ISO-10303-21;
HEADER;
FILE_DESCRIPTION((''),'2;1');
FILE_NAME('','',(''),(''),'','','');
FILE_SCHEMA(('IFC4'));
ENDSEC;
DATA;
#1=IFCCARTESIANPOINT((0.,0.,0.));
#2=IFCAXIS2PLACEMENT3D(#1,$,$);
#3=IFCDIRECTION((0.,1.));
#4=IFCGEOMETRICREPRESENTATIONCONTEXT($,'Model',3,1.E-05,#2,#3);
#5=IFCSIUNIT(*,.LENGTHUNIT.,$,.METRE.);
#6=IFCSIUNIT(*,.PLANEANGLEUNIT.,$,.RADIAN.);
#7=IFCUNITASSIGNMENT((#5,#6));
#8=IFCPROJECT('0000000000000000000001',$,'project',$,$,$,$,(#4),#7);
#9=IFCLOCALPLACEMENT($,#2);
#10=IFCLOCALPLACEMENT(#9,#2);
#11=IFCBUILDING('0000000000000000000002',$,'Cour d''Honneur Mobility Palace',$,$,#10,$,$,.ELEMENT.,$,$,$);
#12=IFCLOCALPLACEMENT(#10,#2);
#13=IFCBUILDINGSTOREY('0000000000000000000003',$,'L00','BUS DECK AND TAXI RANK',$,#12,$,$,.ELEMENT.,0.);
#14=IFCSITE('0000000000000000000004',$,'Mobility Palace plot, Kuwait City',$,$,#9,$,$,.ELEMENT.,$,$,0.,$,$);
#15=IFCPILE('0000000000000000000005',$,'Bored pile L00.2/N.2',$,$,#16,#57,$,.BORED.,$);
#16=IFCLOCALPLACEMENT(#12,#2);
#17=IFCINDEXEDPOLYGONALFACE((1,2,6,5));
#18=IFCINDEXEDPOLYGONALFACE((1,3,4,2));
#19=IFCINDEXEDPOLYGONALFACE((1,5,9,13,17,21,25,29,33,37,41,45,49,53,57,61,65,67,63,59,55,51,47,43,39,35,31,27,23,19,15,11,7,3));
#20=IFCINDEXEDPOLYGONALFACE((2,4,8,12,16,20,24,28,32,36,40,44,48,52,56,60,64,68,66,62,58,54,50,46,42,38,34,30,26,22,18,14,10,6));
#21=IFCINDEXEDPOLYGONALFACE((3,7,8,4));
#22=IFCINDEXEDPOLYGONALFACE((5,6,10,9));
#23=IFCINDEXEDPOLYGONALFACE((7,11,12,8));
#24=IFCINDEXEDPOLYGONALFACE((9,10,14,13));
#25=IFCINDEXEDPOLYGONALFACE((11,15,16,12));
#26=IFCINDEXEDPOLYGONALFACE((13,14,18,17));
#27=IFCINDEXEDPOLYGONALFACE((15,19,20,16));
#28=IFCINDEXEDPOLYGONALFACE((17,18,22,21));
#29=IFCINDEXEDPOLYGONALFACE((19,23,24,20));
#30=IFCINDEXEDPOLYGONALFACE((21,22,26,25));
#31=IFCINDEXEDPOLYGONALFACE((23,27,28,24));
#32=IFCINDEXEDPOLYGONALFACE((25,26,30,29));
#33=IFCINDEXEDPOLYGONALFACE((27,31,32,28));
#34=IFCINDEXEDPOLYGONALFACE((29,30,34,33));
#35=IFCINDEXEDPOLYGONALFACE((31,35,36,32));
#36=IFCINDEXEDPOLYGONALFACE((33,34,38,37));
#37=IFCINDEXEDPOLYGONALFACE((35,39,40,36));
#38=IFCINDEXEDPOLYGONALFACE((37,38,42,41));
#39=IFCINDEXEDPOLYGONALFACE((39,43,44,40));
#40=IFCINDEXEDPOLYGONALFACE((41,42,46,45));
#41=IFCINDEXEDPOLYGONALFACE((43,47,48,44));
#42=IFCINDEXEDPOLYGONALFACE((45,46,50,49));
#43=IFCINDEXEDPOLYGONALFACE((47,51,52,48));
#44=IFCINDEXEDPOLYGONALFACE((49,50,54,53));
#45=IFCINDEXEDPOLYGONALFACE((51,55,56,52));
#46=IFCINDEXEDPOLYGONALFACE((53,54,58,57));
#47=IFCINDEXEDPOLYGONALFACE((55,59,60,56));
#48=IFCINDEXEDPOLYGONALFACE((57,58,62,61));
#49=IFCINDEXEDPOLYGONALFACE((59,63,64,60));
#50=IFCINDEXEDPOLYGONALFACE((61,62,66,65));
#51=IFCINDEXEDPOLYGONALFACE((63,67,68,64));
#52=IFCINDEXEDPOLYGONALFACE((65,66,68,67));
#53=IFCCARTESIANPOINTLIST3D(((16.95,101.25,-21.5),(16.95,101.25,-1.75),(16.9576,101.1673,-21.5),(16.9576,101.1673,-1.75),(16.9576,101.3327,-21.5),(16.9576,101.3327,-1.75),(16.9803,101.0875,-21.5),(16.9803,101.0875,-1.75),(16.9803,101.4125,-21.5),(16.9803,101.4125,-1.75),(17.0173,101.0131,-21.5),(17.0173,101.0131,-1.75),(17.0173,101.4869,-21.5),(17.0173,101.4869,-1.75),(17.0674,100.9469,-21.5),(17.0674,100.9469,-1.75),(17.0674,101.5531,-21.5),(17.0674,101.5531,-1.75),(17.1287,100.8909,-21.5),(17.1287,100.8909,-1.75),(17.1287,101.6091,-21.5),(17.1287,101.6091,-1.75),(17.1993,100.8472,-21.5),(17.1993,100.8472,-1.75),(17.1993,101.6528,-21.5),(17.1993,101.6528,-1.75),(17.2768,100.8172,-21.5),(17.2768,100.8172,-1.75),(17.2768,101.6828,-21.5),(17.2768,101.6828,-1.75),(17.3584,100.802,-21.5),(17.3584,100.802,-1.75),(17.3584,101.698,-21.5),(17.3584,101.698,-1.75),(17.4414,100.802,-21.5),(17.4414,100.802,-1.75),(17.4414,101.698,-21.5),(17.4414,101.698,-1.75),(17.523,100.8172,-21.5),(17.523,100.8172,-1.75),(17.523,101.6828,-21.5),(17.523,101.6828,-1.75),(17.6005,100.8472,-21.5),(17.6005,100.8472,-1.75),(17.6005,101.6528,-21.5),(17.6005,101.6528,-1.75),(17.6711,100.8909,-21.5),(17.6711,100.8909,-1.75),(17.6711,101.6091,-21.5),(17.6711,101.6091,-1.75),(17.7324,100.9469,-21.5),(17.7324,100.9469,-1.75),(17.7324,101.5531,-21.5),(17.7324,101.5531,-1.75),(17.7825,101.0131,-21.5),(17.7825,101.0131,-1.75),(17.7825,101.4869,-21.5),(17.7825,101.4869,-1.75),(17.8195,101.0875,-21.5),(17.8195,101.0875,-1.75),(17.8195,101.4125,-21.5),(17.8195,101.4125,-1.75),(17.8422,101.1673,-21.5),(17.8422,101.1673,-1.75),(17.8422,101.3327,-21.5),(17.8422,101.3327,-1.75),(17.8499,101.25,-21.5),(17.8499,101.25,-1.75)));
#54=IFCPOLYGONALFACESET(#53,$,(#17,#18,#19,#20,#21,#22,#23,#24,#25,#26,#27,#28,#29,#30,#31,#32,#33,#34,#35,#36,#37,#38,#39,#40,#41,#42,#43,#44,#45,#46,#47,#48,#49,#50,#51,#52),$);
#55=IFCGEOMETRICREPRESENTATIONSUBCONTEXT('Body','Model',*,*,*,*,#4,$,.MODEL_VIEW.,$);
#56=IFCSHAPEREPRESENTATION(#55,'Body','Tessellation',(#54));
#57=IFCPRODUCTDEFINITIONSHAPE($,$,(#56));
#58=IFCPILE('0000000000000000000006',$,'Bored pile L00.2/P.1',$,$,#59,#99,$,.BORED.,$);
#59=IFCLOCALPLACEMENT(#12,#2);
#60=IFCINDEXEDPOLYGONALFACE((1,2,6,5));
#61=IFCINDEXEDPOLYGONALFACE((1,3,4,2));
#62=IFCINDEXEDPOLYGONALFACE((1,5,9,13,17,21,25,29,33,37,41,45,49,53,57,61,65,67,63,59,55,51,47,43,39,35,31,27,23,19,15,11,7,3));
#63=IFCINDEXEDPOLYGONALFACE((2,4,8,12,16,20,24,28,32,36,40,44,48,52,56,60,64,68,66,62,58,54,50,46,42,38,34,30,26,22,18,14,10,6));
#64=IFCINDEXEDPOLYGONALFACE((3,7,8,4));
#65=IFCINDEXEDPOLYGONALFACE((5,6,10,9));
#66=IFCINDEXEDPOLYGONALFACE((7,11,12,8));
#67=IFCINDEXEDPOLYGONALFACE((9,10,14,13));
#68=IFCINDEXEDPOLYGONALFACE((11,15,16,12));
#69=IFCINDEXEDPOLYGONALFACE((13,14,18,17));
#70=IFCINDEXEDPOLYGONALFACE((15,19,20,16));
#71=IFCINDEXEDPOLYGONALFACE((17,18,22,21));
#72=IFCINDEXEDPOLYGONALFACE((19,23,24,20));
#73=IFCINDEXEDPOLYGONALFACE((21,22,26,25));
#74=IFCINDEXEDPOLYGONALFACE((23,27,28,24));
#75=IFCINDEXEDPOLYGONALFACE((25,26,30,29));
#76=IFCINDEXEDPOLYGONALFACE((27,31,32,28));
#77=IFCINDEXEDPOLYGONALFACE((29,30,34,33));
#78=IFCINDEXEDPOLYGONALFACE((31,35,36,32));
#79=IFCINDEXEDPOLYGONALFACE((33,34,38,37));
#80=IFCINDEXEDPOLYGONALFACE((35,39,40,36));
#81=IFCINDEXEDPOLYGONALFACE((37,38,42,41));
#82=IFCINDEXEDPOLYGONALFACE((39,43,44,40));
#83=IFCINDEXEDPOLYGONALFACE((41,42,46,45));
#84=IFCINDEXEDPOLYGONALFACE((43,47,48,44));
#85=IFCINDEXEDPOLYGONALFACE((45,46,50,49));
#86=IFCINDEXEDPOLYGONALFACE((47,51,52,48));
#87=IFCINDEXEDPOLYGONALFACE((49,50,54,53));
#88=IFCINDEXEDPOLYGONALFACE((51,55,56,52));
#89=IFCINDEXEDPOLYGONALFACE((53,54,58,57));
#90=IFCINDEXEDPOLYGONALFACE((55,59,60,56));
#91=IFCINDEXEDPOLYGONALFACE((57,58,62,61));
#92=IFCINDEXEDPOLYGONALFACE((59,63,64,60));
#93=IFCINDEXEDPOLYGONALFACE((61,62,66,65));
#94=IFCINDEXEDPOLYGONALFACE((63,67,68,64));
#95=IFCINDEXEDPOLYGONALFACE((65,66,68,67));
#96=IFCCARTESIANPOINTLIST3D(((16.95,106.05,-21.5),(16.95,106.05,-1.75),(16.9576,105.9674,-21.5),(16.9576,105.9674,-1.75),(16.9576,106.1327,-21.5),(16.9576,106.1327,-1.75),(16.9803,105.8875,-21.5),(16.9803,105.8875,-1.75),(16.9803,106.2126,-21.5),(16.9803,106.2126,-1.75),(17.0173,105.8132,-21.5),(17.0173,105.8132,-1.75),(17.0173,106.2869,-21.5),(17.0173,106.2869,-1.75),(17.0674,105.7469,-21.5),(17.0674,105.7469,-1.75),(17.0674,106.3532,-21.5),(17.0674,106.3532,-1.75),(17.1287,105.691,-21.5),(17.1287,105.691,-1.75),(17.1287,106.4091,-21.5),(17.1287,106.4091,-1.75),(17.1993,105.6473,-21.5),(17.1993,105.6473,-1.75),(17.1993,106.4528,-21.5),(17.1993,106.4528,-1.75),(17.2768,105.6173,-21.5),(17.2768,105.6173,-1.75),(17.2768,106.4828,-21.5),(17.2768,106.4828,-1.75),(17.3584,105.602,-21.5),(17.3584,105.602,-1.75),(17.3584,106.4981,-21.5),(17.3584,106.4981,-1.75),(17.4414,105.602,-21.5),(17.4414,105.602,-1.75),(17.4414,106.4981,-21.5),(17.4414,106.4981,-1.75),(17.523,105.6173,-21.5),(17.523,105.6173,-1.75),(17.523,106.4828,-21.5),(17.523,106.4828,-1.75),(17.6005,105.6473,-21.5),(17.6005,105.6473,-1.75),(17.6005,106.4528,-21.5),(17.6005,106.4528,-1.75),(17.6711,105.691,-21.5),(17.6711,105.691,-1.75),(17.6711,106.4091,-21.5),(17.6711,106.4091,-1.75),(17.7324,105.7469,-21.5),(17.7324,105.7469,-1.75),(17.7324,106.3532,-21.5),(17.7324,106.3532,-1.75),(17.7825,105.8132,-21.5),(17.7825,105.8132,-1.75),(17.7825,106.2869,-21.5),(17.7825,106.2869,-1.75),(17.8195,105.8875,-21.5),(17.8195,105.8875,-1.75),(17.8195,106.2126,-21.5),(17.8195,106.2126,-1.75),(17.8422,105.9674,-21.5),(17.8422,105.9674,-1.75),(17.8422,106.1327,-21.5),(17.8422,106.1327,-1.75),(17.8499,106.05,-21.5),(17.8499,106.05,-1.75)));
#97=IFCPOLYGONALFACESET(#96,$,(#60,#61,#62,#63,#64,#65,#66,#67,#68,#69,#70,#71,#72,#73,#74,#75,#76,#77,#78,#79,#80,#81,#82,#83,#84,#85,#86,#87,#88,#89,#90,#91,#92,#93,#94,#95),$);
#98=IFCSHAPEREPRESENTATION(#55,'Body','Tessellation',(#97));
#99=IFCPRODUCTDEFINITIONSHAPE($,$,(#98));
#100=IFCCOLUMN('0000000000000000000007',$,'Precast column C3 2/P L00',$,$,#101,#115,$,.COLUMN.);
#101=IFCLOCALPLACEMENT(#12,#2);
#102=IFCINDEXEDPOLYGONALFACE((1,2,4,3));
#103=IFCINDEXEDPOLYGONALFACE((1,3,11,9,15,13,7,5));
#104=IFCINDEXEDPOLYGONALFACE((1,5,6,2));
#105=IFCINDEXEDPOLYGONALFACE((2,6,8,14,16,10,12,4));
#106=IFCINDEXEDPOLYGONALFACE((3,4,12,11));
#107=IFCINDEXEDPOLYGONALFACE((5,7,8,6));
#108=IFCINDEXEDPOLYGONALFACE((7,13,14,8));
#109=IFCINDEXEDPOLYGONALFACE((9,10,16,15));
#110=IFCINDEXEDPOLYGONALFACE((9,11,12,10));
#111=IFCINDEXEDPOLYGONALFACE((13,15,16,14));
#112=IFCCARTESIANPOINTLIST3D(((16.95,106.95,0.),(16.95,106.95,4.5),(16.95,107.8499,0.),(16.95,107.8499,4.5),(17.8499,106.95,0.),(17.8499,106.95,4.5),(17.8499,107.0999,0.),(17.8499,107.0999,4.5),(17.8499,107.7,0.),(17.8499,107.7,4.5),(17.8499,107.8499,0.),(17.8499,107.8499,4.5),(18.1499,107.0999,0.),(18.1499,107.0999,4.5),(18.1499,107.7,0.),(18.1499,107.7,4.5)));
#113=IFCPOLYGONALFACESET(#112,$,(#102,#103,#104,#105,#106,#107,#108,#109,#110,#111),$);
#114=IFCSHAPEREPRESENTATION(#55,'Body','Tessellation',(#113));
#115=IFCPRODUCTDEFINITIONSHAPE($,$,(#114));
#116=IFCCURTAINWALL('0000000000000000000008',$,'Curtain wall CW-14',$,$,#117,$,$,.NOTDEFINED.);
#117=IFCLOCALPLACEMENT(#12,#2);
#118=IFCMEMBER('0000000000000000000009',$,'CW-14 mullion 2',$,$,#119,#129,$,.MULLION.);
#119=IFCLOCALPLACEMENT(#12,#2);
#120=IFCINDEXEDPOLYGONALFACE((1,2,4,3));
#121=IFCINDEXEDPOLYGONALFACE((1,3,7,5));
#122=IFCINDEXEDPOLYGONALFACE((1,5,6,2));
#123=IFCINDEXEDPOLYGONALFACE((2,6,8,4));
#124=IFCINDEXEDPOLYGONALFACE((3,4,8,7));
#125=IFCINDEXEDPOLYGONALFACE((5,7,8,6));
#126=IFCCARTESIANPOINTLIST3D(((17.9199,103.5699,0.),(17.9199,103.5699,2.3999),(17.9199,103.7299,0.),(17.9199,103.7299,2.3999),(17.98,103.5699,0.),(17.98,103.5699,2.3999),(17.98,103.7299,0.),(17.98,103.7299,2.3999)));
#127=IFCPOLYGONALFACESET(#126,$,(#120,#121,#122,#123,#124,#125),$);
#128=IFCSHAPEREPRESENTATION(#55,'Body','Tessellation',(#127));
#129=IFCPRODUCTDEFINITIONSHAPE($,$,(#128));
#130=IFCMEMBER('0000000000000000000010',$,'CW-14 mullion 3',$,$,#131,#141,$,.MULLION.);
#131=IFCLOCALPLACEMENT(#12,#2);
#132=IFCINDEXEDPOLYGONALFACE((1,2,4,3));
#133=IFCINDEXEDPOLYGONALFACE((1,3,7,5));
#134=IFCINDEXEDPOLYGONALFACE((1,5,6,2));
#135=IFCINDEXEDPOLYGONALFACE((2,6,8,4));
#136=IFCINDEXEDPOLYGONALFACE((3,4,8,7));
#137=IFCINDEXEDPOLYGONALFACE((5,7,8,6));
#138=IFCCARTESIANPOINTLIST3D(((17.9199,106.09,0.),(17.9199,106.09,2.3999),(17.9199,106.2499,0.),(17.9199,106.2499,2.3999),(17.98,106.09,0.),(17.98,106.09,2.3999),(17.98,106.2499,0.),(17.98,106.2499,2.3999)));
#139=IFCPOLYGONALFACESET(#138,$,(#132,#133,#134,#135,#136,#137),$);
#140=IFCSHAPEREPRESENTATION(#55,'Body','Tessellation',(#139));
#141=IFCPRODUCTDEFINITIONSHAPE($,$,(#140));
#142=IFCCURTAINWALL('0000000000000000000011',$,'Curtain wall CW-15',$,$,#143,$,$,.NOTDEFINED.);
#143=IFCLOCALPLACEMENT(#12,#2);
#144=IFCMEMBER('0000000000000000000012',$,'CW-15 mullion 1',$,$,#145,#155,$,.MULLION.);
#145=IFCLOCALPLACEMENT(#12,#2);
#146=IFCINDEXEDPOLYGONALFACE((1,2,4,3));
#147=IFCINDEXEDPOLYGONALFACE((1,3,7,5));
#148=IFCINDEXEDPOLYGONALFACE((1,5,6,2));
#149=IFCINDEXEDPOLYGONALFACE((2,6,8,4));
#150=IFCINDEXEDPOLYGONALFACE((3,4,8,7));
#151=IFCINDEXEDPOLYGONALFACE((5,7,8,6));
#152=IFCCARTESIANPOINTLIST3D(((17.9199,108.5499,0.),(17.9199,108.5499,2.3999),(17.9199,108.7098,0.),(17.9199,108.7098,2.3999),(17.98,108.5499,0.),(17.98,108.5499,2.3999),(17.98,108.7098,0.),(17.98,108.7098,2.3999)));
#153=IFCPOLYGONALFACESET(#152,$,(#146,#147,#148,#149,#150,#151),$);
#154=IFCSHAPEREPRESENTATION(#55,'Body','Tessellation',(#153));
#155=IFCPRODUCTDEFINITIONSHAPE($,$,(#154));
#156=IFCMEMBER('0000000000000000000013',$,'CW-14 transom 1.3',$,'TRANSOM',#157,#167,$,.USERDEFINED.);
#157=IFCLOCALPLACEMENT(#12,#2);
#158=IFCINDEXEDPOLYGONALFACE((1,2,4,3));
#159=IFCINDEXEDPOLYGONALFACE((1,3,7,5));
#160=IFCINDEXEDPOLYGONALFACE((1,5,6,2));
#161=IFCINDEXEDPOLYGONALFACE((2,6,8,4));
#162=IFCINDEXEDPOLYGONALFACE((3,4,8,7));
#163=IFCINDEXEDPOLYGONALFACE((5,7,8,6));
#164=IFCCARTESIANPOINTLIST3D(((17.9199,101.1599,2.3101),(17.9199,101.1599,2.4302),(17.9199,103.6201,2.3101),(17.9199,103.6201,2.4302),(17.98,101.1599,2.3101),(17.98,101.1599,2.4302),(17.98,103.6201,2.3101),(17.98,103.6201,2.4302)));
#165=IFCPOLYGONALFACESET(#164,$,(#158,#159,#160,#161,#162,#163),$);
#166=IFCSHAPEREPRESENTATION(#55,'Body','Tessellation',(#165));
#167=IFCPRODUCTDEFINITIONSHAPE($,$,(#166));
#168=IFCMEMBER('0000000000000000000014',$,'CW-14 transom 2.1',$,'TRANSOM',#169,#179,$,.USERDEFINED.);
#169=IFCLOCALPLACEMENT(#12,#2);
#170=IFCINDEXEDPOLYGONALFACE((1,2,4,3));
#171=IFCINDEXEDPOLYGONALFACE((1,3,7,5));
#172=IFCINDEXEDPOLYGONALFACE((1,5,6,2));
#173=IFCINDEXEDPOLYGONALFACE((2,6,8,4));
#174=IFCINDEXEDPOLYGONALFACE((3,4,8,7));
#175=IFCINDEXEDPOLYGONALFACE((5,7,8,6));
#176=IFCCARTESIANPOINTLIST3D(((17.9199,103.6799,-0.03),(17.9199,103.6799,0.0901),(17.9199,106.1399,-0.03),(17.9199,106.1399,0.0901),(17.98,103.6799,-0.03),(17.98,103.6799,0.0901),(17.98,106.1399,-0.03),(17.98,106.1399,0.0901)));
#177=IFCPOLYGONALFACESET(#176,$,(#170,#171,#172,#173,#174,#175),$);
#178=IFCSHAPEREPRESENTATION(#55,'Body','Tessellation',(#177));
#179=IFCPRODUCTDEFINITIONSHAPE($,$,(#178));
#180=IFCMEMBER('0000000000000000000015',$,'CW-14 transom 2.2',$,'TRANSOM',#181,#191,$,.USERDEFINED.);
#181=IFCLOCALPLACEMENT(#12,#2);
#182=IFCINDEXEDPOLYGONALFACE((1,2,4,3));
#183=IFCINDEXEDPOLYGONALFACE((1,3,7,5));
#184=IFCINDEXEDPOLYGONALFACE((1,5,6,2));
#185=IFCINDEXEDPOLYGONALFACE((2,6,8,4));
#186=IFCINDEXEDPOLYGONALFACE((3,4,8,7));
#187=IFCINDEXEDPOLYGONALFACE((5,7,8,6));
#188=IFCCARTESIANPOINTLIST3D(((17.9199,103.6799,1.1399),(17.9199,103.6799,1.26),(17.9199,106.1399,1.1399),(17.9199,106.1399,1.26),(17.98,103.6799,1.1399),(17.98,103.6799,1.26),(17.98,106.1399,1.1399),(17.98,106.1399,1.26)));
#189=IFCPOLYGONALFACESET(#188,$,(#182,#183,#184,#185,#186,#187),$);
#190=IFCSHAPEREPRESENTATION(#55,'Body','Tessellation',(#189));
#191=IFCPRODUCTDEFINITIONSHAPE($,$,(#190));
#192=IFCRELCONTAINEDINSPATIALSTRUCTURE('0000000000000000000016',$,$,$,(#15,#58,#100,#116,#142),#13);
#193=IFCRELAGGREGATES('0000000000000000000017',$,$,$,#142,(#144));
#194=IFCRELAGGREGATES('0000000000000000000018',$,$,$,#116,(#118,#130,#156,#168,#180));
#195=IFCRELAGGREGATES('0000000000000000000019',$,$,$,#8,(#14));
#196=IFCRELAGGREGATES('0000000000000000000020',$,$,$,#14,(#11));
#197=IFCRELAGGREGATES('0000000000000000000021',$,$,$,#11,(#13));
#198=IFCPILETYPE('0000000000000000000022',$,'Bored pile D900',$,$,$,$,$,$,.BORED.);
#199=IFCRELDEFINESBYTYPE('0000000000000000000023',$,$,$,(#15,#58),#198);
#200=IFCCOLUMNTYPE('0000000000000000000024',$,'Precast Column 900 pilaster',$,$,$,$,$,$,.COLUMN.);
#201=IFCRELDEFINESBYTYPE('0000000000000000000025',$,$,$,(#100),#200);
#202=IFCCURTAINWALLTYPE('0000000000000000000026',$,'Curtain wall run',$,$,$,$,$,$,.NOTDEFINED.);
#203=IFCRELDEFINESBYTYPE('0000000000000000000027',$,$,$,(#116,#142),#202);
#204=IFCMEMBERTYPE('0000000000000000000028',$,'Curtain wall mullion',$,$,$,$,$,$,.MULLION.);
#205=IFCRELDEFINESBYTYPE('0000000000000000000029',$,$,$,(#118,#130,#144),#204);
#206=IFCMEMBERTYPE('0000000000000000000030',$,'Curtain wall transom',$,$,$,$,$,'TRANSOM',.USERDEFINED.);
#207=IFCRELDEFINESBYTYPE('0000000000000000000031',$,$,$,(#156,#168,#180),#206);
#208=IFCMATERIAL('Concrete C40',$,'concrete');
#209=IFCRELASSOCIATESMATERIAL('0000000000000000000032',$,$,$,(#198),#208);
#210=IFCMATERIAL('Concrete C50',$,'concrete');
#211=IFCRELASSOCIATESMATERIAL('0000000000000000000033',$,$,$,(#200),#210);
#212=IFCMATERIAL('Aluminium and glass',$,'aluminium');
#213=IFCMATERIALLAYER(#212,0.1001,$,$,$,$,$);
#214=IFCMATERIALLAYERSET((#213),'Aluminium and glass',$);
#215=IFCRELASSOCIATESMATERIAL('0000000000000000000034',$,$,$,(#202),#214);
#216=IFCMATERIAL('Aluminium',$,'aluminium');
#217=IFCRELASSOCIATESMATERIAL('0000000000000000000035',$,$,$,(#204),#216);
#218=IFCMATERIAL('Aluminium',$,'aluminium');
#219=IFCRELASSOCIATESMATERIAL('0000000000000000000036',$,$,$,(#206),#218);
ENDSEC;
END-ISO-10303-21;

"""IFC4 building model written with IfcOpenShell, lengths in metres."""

from ifc_helpers import new_model, si_unit, direction, frame, origin, origin_2d, place, context, subcontext, project, spatial, polyline, rectangle, circle, outline, extrude, material, layer, layer_set, material_profile, profile_set, type_object, element, aggregate, save


model = new_model("IFC4")

# Units and contexts
model_context = context("Model", 3, precision=1e-05, world=origin(), true_north=direction((0.0, 1.0)))
body_context = subcontext(model_context, "Body", "Model", "MODEL_VIEW")
ifc_project = project(units=[si_unit("LENGTHUNIT", "METRE"), si_unit("PLANEANGLEUNIT", "RADIAN")], contexts=[model_context])

# Site, building, storey
site_placement = place(None, origin())
site = spatial("IfcSite", under=ifc_project, at=site_placement, Name="Mobility Palace plot, Kuwait City", CompositionType="ELEMENT", RefElevation=0.0)
building_placement = place(site_placement, origin())
building = spatial("IfcBuilding", under=site, at=building_placement, Name="Cour d'Honneur Mobility Palace", CompositionType="ELEMENT")
storey_placement = place(building_placement, origin())
storey = spatial("IfcBuildingStorey", under=building, at=storey_placement, Name="L00", Description="BUS DECK AND TAXI RANK", CompositionType="ELEMENT", Elevation=0.0)

# Piles
ifc_material_1 = material(Name="Concrete C40", Category="concrete")
ifc_material_profile_1 = material_profile(ifc_material_1, circle(Radius=0.45, at=origin_2d()), Name="Bored pile D900")
ifc_profile_set_1 = profile_set([ifc_material_profile_1], Name="Concrete C40")
pile_type = type_object("IfcPileType", Name="Bored pile D900", PredefinedType="BORED", material=ifc_profile_set_1)
for number, where, z_axis, x_axis, name in (
    (1, (17.3999, 101.25, -1.75), (0.0, 0.0, -1.0), (1.0, 0.0, 0.0), "Bored pile L00.2/N.2"),
    (2, (17.3999, 106.05, -1.75), (0.0, 0.0, -1.0), (1.0, 0.0, 0.0), "Bored pile L00.2/P.1"),
):
    element("IfcPile", number, at=place(storey_placement, frame(where, z_axis=z_axis, x_axis=x_axis)), inside=storey, type_object=pile_type, Name=name, PredefinedType="BORED", context=body_context, shape_type="SweptSolid", body=[
        extrude(circle(Radius=0.45, at=origin_2d()), origin(), (0.0, 0.0, 1.0), 19.75),
    ])

# Column
ifc_material_2 = material(Name="Concrete C50", Category="concrete")
ifc_material_profile_2 = material_profile(ifc_material_2, outline(polyline([(-0.45, -0.45), (0.45, -0.45), (0.45, -0.3), (0.75, -0.3), (0.75, 0.3), (0.45, 0.3), (0.45, 0.45), (-0.45, 0.45), (-0.45, -0.45)])), Name="PC C900 pilaster")
ifc_profile_set_2 = profile_set([ifc_material_profile_2], Name="Concrete C50")
column_type = type_object("IfcColumnType", Name="Precast Column 900 pilaster", PredefinedType="COLUMN", material=ifc_profile_set_2)
column_placement = place(storey_placement, frame((17.3999, 107.3999, 0.0), z_axis=(0.0, 0.0, 1.0), x_axis=(1.0, 0.0, 0.0)))
element("IfcColumn", 3, at=column_placement, inside=storey, type_object=column_type, Name="Precast column C3 2/P L00", PredefinedType="COLUMN", context=body_context, shape_type="SweptSolid", body=[
    extrude(outline(polyline([(-0.45, -0.45), (0.45, -0.45), (0.45, -0.3), (0.75, -0.3), (0.75, 0.3), (0.45, 0.3), (0.45, 0.45), (-0.45, 0.45), (-0.45, -0.45)])), origin(), (0.0, 0.0, 1.0), 4.5),
])

# Curtain wall, members
ifc_material_3 = material(Name="Aluminium and glass", Category="aluminium")
ifc_layer_1 = layer(ifc_material_3, 0.1001)
ifc_layer_set_1 = layer_set([ifc_layer_1], Name="Aluminium and glass")
curtain_wall_type = type_object("IfcCurtainWallType", Name="Curtain wall run", PredefinedType="NOTDEFINED", material=ifc_layer_set_1)
curtain_wall_1_placement = place(storey_placement, origin())
curtain_wall_1 = element("IfcCurtainWall", 4, at=curtain_wall_1_placement, inside=storey, type_object=curtain_wall_type, Name="Curtain wall CW-14", PredefinedType="NOTDEFINED")
ifc_material_4 = material(Name="Aluminium", Category="aluminium")
ifc_material_profile_3 = material_profile(ifc_material_4, rectangle(XDim=0.0601, YDim=0.1599, at=origin_2d()), Name="Curtain wall mullion")
ifc_profile_set_3 = profile_set([ifc_material_profile_3], Name="Aluminium")
member_type_1 = type_object("IfcMemberType", Name="Curtain wall mullion", PredefinedType="MULLION", material=ifc_profile_set_3)
member_1_placement = place(storey_placement, frame((17.95, 103.6499, 0.0), z_axis=(0.0, 0.0, 1.0), x_axis=(-1.0, 0.0, 0.0)))
member_1 = element("IfcMember", 5, at=member_1_placement, type_object=member_type_1, Name="CW-14 mullion 2", PredefinedType="MULLION", context=body_context, shape_type="SweptSolid", body=[
    extrude(rectangle(XDim=0.0601, YDim=0.1599, at=origin_2d()), origin(), (0.0, 0.0, 1.0), 2.3999),
])
member_2_placement = place(storey_placement, frame((17.95, 106.1699, 0.0), z_axis=(0.0, 0.0, 1.0), x_axis=(-1.0, 0.0, 0.0)))
member_2 = element("IfcMember", 6, at=member_2_placement, type_object=member_type_1, Name="CW-14 mullion 3", PredefinedType="MULLION", context=body_context, shape_type="SweptSolid", body=[
    extrude(rectangle(XDim=0.0601, YDim=0.1599, at=origin_2d()), origin(), (0.0, 0.0, 1.0), 2.3999),
])

# Curtain wall, member
curtain_wall_2_placement = place(storey_placement, origin())
curtain_wall_2 = element("IfcCurtainWall", 7, at=curtain_wall_2_placement, inside=storey, type_object=curtain_wall_type, Name="Curtain wall CW-15", PredefinedType="NOTDEFINED")
member_3_placement = place(storey_placement, frame((17.95, 108.6299, 0.0), z_axis=(0.0, 0.0, 1.0), x_axis=(-1.0, 0.0, 0.0)))
member_3 = element("IfcMember", 8, at=member_3_placement, type_object=member_type_1, Name="CW-15 mullion 1", PredefinedType="MULLION", context=body_context, shape_type="SweptSolid", body=[
    extrude(rectangle(XDim=0.0601, YDim=0.1599, at=origin_2d()), origin(), (0.0, 0.0, 1.0), 2.3999),
])

# Members
ifc_material_5 = material(Name="Aluminium", Category="aluminium")
ifc_material_profile_4 = material_profile(ifc_material_5, rectangle(XDim=0.0601, YDim=0.1201, at=origin_2d()), Name="Curtain wall transom")
ifc_profile_set_4 = profile_set([ifc_material_profile_4], Name="Aluminium")
member_type_2 = type_object("IfcMemberType", Name="Curtain wall transom", ElementType="TRANSOM", PredefinedType="USERDEFINED", material=ifc_profile_set_4)
member_4_placement = place(storey_placement, frame((17.95, 101.1599, 2.3701), z_axis=(0.0, 1.0, 0.0), x_axis=(-1.0, 0.0, 0.0)))
member_4 = element("IfcMember", 9, at=member_4_placement, type_object=member_type_2, Name="CW-14 transom 1.3", ObjectType="TRANSOM", PredefinedType="USERDEFINED", context=body_context, shape_type="SweptSolid", body=[
    extrude(rectangle(XDim=0.0601, YDim=0.1201, at=origin_2d()), origin(), (0.0, 0.0, 1.0), 2.4602),
])
member_5_placement = place(storey_placement, frame((17.95, 103.6799, 0.03), z_axis=(0.0, 1.0, 0.0), x_axis=(-1.0, 0.0, 0.0)))
member_5 = element("IfcMember", 10, at=member_5_placement, type_object=member_type_2, Name="CW-14 transom 2.1", ObjectType="TRANSOM", PredefinedType="USERDEFINED", context=body_context, shape_type="SweptSolid", body=[
    extrude(rectangle(XDim=0.0601, YDim=0.1201, at=origin_2d()), origin(), (0.0, 0.0, 1.0), 2.46),
])
member_6_placement = place(storey_placement, frame((17.95, 103.6799, 1.2), z_axis=(0.0, 1.0, 0.0), x_axis=(-1.0, 0.0, 0.0)))
member_6 = element("IfcMember", 11, at=member_6_placement, type_object=member_type_2, Name="CW-14 transom 2.2", ObjectType="TRANSOM", PredefinedType="USERDEFINED", context=body_context, shape_type="SweptSolid", body=[
    extrude(rectangle(XDim=0.0601, YDim=0.1201, at=origin_2d()), origin(), (0.0, 0.0, 1.0), 2.46),
])
aggregate(curtain_wall_2, [member_3])

aggregate(curtain_wall_1, [member_1, member_2, member_4, member_5, member_6])

save(model, "model.ifc")
